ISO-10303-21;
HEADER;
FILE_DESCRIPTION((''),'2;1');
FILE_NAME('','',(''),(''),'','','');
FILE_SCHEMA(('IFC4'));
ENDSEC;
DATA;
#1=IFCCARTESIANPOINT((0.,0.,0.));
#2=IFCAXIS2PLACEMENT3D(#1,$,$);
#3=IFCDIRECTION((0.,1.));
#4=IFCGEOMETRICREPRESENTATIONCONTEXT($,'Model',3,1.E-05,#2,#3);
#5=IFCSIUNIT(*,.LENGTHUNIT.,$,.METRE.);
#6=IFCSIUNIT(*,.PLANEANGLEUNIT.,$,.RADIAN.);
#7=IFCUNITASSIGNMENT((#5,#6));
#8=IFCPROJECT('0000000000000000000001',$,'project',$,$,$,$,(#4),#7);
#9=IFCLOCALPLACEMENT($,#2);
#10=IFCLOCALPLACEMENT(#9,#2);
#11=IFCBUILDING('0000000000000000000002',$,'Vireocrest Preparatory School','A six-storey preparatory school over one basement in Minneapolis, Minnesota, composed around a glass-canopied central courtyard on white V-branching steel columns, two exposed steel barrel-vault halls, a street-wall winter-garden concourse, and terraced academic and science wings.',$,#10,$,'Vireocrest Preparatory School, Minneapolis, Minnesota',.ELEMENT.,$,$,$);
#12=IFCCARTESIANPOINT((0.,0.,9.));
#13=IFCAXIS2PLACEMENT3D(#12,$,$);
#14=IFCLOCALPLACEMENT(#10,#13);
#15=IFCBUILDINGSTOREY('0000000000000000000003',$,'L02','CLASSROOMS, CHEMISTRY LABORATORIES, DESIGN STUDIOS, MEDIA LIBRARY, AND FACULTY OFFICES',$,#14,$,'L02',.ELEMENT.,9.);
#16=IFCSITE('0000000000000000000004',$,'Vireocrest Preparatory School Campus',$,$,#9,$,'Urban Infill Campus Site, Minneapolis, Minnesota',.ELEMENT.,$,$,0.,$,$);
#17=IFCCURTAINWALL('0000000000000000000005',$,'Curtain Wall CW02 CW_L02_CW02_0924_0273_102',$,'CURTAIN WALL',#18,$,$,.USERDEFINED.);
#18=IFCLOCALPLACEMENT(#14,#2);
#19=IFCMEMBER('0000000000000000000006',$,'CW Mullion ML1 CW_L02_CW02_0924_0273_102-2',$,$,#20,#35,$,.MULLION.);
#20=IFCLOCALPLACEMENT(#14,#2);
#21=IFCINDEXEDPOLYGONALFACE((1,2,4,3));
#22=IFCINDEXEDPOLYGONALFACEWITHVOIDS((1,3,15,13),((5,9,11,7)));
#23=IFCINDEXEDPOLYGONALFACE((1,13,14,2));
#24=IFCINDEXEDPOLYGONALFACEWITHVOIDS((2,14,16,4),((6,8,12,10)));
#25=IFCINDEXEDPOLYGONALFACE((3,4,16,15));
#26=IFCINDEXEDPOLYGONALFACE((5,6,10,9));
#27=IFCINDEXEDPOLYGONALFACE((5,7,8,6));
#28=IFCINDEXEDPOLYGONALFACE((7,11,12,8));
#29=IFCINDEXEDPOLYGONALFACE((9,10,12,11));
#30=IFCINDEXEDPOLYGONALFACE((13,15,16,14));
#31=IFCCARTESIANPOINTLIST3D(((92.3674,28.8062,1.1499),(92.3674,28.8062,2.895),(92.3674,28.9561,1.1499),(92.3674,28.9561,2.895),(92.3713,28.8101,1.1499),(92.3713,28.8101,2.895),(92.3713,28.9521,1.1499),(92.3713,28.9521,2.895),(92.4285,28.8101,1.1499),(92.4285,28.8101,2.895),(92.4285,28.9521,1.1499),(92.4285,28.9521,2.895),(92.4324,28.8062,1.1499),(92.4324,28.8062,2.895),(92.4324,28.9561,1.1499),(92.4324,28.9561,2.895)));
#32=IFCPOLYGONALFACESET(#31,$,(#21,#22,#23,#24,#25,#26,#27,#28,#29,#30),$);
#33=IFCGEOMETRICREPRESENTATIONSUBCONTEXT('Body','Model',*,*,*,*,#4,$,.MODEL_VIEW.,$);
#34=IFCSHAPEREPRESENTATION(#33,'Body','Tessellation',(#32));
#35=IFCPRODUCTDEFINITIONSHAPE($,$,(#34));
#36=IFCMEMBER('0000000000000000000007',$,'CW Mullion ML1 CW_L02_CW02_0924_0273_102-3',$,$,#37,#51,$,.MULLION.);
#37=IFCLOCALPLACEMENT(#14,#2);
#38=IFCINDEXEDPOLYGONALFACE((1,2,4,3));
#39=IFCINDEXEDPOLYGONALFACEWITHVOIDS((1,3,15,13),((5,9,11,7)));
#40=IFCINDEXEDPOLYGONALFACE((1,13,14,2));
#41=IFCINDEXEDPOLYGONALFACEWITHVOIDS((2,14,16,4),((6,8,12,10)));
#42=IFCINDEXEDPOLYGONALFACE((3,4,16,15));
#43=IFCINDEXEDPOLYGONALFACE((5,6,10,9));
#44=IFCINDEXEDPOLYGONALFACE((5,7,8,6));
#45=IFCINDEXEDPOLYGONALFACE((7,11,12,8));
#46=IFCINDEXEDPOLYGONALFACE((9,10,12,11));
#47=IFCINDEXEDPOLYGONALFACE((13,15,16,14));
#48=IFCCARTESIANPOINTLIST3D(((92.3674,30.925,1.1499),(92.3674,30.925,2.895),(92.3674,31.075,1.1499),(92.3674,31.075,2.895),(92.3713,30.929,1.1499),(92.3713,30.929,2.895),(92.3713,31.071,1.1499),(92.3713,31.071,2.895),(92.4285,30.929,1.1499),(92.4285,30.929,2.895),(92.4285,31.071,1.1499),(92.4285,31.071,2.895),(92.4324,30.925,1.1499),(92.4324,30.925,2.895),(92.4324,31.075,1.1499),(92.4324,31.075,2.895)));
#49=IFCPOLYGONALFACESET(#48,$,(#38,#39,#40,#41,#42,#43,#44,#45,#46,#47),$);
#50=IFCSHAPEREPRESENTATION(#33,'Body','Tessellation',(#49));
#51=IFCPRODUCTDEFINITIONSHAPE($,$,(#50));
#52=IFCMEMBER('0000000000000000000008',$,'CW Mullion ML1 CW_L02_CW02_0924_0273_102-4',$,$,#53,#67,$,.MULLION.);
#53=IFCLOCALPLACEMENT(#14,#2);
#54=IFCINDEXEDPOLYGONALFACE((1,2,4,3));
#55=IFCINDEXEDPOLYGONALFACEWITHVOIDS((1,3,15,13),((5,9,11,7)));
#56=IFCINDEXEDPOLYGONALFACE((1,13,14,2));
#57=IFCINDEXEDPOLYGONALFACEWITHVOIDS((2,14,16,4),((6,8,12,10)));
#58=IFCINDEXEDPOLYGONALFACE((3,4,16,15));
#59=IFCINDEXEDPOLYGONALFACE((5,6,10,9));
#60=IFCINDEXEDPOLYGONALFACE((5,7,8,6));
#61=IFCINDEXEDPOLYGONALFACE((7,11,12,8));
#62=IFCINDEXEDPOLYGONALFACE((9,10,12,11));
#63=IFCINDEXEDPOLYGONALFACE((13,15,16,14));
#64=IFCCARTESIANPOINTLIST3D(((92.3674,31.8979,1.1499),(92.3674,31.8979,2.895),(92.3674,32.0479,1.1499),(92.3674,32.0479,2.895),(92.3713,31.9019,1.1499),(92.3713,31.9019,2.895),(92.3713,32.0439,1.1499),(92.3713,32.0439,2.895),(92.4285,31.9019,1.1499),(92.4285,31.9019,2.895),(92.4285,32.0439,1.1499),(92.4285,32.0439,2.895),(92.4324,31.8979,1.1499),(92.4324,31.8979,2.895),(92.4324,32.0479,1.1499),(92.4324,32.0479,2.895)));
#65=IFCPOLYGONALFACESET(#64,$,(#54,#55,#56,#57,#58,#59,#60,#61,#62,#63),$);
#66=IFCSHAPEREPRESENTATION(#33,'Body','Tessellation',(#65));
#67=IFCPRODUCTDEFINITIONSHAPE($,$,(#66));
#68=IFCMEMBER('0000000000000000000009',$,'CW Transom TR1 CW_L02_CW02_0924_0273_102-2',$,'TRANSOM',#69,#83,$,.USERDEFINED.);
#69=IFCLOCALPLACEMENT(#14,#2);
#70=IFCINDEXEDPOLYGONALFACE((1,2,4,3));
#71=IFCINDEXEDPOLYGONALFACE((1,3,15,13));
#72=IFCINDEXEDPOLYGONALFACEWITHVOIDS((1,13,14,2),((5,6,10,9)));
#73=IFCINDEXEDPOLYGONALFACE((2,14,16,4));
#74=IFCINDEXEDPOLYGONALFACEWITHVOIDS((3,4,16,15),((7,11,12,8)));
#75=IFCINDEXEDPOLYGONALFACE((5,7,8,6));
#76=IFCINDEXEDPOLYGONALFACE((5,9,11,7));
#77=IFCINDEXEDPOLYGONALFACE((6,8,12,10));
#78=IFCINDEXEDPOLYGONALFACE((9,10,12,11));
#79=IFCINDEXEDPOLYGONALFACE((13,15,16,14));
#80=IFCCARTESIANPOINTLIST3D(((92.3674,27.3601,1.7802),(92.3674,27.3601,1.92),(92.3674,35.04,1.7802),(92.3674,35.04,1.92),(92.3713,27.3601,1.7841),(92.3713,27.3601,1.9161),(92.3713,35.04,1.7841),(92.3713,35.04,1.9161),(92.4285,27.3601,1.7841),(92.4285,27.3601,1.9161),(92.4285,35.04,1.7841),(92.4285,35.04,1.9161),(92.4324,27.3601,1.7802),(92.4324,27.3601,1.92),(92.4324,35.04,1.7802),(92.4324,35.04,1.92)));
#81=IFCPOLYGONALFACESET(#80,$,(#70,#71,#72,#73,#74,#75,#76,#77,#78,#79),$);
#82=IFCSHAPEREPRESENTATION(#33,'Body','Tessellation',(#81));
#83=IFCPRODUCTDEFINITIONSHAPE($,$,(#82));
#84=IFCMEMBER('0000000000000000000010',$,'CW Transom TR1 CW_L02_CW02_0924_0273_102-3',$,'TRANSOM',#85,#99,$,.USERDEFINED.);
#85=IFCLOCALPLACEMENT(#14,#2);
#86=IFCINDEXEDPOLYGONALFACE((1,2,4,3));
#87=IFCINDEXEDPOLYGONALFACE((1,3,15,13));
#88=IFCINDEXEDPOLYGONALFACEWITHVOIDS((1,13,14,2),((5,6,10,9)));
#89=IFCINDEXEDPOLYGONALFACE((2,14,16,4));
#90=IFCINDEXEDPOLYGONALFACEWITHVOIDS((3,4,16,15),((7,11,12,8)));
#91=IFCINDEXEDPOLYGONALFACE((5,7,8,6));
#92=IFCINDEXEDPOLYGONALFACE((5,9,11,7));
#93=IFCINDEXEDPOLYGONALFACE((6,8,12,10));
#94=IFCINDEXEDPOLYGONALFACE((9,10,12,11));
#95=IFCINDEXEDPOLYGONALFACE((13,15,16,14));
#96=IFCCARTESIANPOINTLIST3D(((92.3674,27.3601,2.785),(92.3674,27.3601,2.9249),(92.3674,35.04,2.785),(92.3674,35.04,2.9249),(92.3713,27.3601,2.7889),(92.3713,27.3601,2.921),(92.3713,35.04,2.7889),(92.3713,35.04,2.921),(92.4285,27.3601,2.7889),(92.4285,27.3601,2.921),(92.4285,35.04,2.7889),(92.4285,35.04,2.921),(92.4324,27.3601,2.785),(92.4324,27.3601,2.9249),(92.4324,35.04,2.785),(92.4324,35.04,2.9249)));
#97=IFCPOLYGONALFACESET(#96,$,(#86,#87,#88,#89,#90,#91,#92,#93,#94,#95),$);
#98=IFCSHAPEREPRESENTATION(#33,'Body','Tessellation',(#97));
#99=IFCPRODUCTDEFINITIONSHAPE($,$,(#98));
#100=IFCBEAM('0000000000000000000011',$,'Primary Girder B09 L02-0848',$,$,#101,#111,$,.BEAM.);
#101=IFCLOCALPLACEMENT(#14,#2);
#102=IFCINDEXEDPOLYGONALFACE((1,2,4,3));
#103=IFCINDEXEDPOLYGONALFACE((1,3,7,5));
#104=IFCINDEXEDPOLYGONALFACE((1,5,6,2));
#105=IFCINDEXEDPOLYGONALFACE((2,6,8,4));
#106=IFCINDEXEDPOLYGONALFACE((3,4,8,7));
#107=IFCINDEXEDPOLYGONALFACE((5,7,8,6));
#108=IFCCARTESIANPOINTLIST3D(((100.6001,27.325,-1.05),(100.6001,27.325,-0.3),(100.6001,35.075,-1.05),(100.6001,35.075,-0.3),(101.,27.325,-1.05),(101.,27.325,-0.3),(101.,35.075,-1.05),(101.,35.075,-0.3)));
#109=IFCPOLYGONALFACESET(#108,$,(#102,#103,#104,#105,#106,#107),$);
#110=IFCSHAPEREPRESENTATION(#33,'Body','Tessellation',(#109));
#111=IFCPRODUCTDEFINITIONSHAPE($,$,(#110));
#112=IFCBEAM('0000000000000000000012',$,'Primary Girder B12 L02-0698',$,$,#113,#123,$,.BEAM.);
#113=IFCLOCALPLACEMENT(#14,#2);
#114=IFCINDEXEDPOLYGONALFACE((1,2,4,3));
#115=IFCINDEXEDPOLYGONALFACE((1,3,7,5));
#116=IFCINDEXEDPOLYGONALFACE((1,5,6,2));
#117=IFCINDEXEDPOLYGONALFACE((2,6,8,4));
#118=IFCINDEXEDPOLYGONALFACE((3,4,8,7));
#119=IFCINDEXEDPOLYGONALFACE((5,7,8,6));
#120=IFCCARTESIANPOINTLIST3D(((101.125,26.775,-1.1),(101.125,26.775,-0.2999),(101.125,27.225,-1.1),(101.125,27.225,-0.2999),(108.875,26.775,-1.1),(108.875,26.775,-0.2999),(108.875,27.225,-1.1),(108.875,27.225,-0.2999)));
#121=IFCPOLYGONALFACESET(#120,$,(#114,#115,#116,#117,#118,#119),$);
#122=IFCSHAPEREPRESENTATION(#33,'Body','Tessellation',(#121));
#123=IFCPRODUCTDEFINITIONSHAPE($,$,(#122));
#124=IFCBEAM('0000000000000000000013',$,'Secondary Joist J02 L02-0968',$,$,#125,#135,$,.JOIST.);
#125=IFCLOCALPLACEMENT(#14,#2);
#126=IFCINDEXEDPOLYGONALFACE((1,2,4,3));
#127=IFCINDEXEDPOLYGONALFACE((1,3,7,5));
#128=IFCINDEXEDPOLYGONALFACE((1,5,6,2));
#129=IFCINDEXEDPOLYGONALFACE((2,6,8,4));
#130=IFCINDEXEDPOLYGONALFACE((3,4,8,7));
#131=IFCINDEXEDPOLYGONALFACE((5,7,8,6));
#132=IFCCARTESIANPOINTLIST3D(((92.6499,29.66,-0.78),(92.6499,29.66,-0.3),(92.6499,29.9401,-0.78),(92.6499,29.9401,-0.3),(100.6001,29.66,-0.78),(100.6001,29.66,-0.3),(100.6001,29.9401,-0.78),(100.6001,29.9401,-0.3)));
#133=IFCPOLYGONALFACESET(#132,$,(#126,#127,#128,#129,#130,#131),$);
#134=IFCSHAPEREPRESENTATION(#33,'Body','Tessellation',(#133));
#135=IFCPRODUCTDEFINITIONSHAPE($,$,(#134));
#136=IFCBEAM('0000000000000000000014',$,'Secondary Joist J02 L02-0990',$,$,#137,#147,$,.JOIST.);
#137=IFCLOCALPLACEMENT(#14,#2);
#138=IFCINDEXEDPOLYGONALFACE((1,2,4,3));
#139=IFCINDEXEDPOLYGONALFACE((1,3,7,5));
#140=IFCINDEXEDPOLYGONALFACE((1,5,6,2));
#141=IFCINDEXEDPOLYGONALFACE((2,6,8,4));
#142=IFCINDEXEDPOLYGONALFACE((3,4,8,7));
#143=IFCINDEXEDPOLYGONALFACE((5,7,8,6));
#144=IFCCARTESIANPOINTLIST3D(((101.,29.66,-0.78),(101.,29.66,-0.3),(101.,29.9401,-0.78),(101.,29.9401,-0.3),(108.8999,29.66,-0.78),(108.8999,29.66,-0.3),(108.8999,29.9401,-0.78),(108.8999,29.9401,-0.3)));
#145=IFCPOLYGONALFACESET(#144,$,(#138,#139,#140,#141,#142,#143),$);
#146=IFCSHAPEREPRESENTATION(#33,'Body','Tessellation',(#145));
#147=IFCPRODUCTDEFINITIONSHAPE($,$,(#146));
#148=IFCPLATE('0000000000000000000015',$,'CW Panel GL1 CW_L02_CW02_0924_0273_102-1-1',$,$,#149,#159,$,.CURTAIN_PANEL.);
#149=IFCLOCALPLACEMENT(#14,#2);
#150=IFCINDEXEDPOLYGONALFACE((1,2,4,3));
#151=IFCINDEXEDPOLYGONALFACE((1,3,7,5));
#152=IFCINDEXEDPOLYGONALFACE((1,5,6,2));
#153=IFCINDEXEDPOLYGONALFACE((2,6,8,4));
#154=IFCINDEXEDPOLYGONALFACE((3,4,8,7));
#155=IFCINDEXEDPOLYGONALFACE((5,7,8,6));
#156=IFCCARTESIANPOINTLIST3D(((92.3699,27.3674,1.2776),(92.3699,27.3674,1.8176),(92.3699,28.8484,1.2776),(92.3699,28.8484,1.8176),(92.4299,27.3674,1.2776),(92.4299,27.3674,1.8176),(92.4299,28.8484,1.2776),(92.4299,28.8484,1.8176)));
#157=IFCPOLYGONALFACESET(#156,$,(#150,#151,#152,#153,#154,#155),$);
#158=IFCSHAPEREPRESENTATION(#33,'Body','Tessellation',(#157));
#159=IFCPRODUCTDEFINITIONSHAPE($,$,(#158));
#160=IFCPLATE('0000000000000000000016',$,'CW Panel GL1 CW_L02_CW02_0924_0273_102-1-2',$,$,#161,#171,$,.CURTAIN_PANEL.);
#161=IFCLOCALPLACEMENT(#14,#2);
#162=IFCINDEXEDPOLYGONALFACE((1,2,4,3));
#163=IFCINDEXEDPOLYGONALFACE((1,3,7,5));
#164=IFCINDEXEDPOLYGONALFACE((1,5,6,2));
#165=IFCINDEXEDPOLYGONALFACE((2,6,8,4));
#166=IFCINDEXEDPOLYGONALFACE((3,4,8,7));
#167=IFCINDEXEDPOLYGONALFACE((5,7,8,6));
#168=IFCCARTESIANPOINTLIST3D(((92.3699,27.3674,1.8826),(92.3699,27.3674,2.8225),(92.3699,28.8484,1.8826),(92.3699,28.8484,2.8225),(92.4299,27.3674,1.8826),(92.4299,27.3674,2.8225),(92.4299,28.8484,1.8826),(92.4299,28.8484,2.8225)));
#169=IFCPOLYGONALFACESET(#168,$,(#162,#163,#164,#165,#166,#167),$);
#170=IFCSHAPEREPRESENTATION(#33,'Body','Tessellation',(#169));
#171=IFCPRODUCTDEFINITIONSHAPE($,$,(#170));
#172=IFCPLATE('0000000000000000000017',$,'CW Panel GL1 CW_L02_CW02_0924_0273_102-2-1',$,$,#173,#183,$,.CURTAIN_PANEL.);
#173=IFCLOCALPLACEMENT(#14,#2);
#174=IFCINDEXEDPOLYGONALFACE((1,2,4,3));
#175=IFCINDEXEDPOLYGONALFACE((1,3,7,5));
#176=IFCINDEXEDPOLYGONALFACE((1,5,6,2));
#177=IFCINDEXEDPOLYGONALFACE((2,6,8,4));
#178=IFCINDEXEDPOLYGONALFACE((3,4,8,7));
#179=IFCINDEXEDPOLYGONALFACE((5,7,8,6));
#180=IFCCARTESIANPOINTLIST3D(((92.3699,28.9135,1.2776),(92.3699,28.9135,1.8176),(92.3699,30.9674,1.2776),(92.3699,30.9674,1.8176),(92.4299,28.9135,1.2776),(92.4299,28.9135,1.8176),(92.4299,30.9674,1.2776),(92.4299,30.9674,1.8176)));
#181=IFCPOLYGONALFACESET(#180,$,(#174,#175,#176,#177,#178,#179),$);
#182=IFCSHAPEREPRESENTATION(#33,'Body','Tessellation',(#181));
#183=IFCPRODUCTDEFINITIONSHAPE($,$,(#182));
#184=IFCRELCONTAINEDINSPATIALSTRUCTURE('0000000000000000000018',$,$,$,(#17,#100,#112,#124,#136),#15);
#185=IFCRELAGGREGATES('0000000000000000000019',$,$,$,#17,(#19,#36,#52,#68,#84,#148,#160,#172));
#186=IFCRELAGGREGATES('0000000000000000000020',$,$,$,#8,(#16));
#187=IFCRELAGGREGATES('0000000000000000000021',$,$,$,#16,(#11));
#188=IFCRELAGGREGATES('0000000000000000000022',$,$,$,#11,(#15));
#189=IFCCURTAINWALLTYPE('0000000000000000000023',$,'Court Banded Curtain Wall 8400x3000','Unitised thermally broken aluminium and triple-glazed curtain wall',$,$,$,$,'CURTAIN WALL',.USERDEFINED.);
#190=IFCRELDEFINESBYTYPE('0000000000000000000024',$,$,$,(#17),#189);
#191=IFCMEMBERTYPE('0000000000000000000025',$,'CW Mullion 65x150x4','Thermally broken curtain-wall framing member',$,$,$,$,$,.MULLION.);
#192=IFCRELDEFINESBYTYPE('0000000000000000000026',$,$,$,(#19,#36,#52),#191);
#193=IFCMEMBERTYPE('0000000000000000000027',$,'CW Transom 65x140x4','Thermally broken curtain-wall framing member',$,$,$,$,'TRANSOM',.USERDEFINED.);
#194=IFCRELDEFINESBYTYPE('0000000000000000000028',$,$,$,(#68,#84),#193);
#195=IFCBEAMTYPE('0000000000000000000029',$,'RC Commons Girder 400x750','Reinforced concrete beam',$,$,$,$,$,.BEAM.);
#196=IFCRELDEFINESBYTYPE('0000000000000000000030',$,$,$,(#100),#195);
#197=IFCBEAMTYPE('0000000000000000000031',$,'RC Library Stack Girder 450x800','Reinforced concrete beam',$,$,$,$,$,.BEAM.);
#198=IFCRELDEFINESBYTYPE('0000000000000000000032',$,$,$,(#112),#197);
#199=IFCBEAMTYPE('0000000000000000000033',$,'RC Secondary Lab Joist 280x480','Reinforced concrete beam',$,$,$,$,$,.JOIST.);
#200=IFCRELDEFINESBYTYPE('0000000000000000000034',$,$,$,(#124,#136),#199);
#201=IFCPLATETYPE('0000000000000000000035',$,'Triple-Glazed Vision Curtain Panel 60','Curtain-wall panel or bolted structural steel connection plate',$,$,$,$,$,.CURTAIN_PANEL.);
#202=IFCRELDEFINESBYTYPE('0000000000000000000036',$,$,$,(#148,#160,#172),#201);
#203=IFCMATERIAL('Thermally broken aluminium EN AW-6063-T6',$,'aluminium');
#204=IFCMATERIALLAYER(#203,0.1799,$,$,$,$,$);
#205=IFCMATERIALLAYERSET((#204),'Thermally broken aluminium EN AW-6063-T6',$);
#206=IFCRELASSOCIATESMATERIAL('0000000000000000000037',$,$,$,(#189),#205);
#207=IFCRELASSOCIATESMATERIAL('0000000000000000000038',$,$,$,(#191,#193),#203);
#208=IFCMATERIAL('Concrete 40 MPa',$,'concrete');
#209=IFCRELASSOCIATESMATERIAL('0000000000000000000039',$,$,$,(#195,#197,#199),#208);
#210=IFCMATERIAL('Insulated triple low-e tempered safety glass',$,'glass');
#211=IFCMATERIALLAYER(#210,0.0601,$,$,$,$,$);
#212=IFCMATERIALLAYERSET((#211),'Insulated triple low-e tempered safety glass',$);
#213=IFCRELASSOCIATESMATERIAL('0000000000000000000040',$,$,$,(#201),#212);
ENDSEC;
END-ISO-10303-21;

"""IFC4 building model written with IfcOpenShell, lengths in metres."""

from ifc_helpers import new_model, si_unit, direction, frame, origin, origin_2d, place, context, subcontext, project, spatial, rectangle, hollow_rectangle, extrude, material, layer, layer_set, material_profile, profile_set, type_object, element, aggregate, save


model = new_model("IFC4")

# Units and contexts
model_context = context("Model", 3, precision=1e-05, world=origin(), true_north=direction((0.0, 1.0)))
body_context = subcontext(model_context, "Body", "Model", "MODEL_VIEW")
ifc_project = project(units=[si_unit("LENGTHUNIT", "METRE"), si_unit("PLANEANGLEUNIT", "RADIAN")], contexts=[model_context])

# Site, building, storey
site_placement = place(None, origin())
site = spatial("IfcSite", under=ifc_project, at=site_placement, Name="Vireocrest Preparatory School Campus", LongName="Urban Infill Campus Site, Minneapolis, Minnesota", CompositionType="ELEMENT", RefElevation=0.0)
building_placement = place(site_placement, origin())
building = spatial("IfcBuilding", under=site, at=building_placement, Name="Vireocrest Preparatory School", Description="A six-storey preparatory school over one basement in Minneapolis, Minnesota, composed around a glass-canopied central courtyard on white V-branching steel columns, two exposed steel barrel-vault halls, a street-wall winter-garden concourse, and terraced academic and science wings.", LongName="Vireocrest Preparatory School, Minneapolis, Minnesota", CompositionType="ELEMENT")
storey_placement = place(building_placement, frame((0.0, 0.0, 9.0)))
storey = spatial("IfcBuildingStorey", under=building, at=storey_placement, Name="L02", Description="CLASSROOMS, CHEMISTRY LABORATORIES, DESIGN STUDIOS, MEDIA LIBRARY, AND FACULTY OFFICES", LongName="L02", CompositionType="ELEMENT", Elevation=9.0)

# Curtain wall, members
ifc_material_1 = material(Name="Thermally broken aluminium EN AW-6063-T6", Category="aluminium")
ifc_layer_1 = layer(ifc_material_1, 0.1799)
ifc_layer_set_1 = layer_set([ifc_layer_1], Name="Thermally broken aluminium EN AW-6063-T6")
curtain_wall_type = type_object("IfcCurtainWallType", Name="Court Banded Curtain Wall 8400x3000", Description="Unitised thermally broken aluminium and triple-glazed curtain wall", ElementType="CURTAIN WALL", PredefinedType="USERDEFINED", material=ifc_layer_set_1)
curtain_wall_placement = place(storey_placement, origin())
curtain_wall = element("IfcCurtainWall", 1, at=curtain_wall_placement, inside=storey, type_object=curtain_wall_type, Name="Curtain Wall CW02 CW_L02_CW02_0924_0273_102", ObjectType="CURTAIN WALL", PredefinedType="USERDEFINED")
ifc_material_profile_1 = material_profile(ifc_material_1, hollow_rectangle(XDim=0.0649, YDim=0.1499, WallThickness=0.0039, at=origin_2d()), Name="ALU 65x150x4")
ifc_profile_set_1 = profile_set([ifc_material_profile_1], Name="Thermally broken aluminium EN AW-6063-T6")
member_type_1 = type_object("IfcMemberType", Name="CW Mullion 65x150x4", Description="Thermally broken curtain-wall framing member", PredefinedType="MULLION", material=ifc_profile_set_1)
member_1_placement = place(storey_placement, frame((92.3999, 28.8811, 1.1499), z_axis=(0.0, 0.0, 1.0), x_axis=(1.0, 0.0, 0.0)))
member_1 = element("IfcMember", 2, at=member_1_placement, type_object=member_type_1, Name="CW Mullion ML1 CW_L02_CW02_0924_0273_102-2", PredefinedType="MULLION", context=body_context, shape_type="SweptSolid", body=[
    extrude(hollow_rectangle(XDim=0.0649, YDim=0.1499, WallThickness=0.0039, at=origin_2d()), origin(), (0.0, 0.0, 1.0), 1.7451),
])
member_2_placement = place(storey_placement, frame((92.3999, 31.0, 1.1499), z_axis=(0.0, 0.0, 1.0), x_axis=(1.0, 0.0, 0.0)))
member_2 = element("IfcMember", 3, at=member_2_placement, type_object=member_type_1, Name="CW Mullion ML1 CW_L02_CW02_0924_0273_102-3", PredefinedType="MULLION", context=body_context, shape_type="SweptSolid", body=[
    extrude(hollow_rectangle(XDim=0.0649, YDim=0.1499, WallThickness=0.0039, at=origin_2d()), origin(), (0.0, 0.0, 1.0), 1.7451),
])
member_3_placement = place(storey_placement, frame((92.3999, 31.9729, 1.1499), z_axis=(0.0, 0.0, 1.0), x_axis=(1.0, 0.0, 0.0)))
member_3 = element("IfcMember", 4, at=member_3_placement, type_object=member_type_1, Name="CW Mullion ML1 CW_L02_CW02_0924_0273_102-4", PredefinedType="MULLION", context=body_context, shape_type="SweptSolid", body=[
    extrude(hollow_rectangle(XDim=0.0649, YDim=0.1499, WallThickness=0.0039, at=origin_2d()), origin(), (0.0, 0.0, 1.0), 1.7451),
])
ifc_material_profile_2 = material_profile(ifc_material_1, hollow_rectangle(XDim=0.0649, YDim=0.1399, WallThickness=0.0039, at=origin_2d()), Name="ALU 65x140x4")
ifc_profile_set_2 = profile_set([ifc_material_profile_2], Name="Thermally broken aluminium EN AW-6063-T6")
member_type_2 = type_object("IfcMemberType", Name="CW Transom 65x140x4", Description="Thermally broken curtain-wall framing member", ElementType="TRANSOM", PredefinedType="USERDEFINED", material=ifc_profile_set_2)
member_4_placement = place(storey_placement, frame((92.3999, 27.3601, 1.8501), z_axis=(0.0, 1.0, 0.0), x_axis=(-1.0, 0.0, 0.0)))
member_4 = element("IfcMember", 5, at=member_4_placement, type_object=member_type_2, Name="CW Transom TR1 CW_L02_CW02_0924_0273_102-2", ObjectType="TRANSOM", PredefinedType="USERDEFINED", context=body_context, shape_type="SweptSolid", body=[
    extrude(hollow_rectangle(XDim=0.0649, YDim=0.1399, WallThickness=0.0039, at=origin_2d()), origin(), (0.0, 0.0, 1.0), 7.6799),
])
member_5_placement = place(storey_placement, frame((92.3999, 27.3601, 2.855), z_axis=(0.0, 1.0, 0.0), x_axis=(-1.0, 0.0, 0.0)))
member_5 = element("IfcMember", 6, at=member_5_placement, type_object=member_type_2, Name="CW Transom TR1 CW_L02_CW02_0924_0273_102-3", ObjectType="TRANSOM", PredefinedType="USERDEFINED", context=body_context, shape_type="SweptSolid", body=[
    extrude(hollow_rectangle(XDim=0.0649, YDim=0.1399, WallThickness=0.0039, at=origin_2d()), origin(), (0.0, 0.0, 1.0), 7.6799),
])

# Beams
ifc_material_2 = material(Name="Concrete 40 MPa", Category="concrete")
ifc_material_profile_3 = material_profile(ifc_material_2, rectangle(XDim=0.3999, YDim=0.75, at=origin_2d()), Name="RC 400x750")
ifc_profile_set_3 = profile_set([ifc_material_profile_3], Name="Concrete 40 MPa")
beam_type_1 = type_object("IfcBeamType", Name="RC Commons Girder 400x750", Description="Reinforced concrete beam", PredefinedType="BEAM", material=ifc_profile_set_3)
beam_1_placement = place(storey_placement, frame((100.8, 27.325, -0.675), z_axis=(0.0, 1.0, 0.0), x_axis=(-1.0, 0.0, 0.0)))
element("IfcBeam", 7, at=beam_1_placement, inside=storey, type_object=beam_type_1, Name="Primary Girder B09 L02-0848", PredefinedType="BEAM", context=body_context, shape_type="SweptSolid", body=[
    extrude(rectangle(XDim=0.3999, YDim=0.75, at=origin_2d()), origin(), (0.0, 0.0, 1.0), 7.75),
])
ifc_material_profile_4 = material_profile(ifc_material_2, rectangle(XDim=0.45, YDim=0.8, at=origin_2d()), Name="RC 450x800")
ifc_profile_set_4 = profile_set([ifc_material_profile_4], Name="Concrete 40 MPa")
beam_type_2 = type_object("IfcBeamType", Name="RC Library Stack Girder 450x800", Description="Reinforced concrete beam", PredefinedType="BEAM", material=ifc_profile_set_4)
beam_2_placement = place(storey_placement, frame((101.125, 27.0, -0.7), z_axis=(1.0, 0.0, 0.0), x_axis=(0.0, 1.0, 0.0)))
element("IfcBeam", 8, at=beam_2_placement, inside=storey, type_object=beam_type_2, Name="Primary Girder B12 L02-0698", PredefinedType="BEAM", context=body_context, shape_type="SweptSolid", body=[
    extrude(rectangle(XDim=0.45, YDim=0.8, at=origin_2d()), origin(), (0.0, 0.0, 1.0), 7.75),
])
ifc_material_profile_5 = material_profile(ifc_material_2, rectangle(XDim=0.28, YDim=0.48, at=origin_2d()), Name="RC 280x480")
ifc_profile_set_5 = profile_set([ifc_material_profile_5], Name="Concrete 40 MPa")
beam_type_3 = type_object("IfcBeamType", Name="RC Secondary Lab Joist 280x480", Description="Reinforced concrete beam", PredefinedType="JOIST", material=ifc_profile_set_5)
beam_3_placement = place(storey_placement, frame((92.6499, 29.8, -0.54), z_axis=(1.0, 0.0, 0.0), x_axis=(0.0, 1.0, 0.0)))
element("IfcBeam", 9, at=beam_3_placement, inside=storey, type_object=beam_type_3, Name="Secondary Joist J02 L02-0968", PredefinedType="JOIST", context=body_context, shape_type="SweptSolid", body=[
    extrude(rectangle(XDim=0.28, YDim=0.48, at=origin_2d()), origin(), (0.0, 0.0, 1.0), 7.9502),
])
beam_4_placement = place(storey_placement, frame((101.0, 29.8, -0.54), z_axis=(1.0, 0.0, 0.0), x_axis=(0.0, 1.0, 0.0)))
element("IfcBeam", 10, at=beam_4_placement, inside=storey, type_object=beam_type_3, Name="Secondary Joist J02 L02-0990", PredefinedType="JOIST", context=body_context, shape_type="SweptSolid", body=[
    extrude(rectangle(XDim=0.28, YDim=0.48, at=origin_2d()), origin(), (0.0, 0.0, 1.0), 7.8999),
])

# Plates
ifc_material_3 = material(Name="Insulated triple low-e tempered safety glass", Category="glass")
ifc_layer_2 = layer(ifc_material_3, 0.0601)
ifc_layer_set_2 = layer_set([ifc_layer_2], Name="Insulated triple low-e tempered safety glass")
plate_type = type_object("IfcPlateType", Name="Triple-Glazed Vision Curtain Panel 60", Description="Curtain-wall panel or bolted structural steel connection plate", PredefinedType="CURTAIN_PANEL", material=ifc_layer_set_2)
plate_1_placement = place(storey_placement, frame((92.3999, 28.1079, 1.2776), z_axis=(0.0, 0.0, 1.0), x_axis=(0.0, 1.0, 0.0)))
plate_1 = element("IfcPlate", 11, at=plate_1_placement, type_object=plate_type, Name="CW Panel GL1 CW_L02_CW02_0924_0273_102-1-1", PredefinedType="CURTAIN_PANEL", context=body_context, shape_type="SweptSolid", body=[
    extrude(rectangle(XDim=1.481, YDim=0.0601, at=origin_2d()), origin(), (0.0, 0.0, 1.0), 0.54),
])
plate_2_placement = place(storey_placement, frame((92.3999, 28.1079, 1.8826), z_axis=(0.0, 0.0, 1.0), x_axis=(0.0, 1.0, 0.0)))
plate_2 = element("IfcPlate", 12, at=plate_2_placement, type_object=plate_type, Name="CW Panel GL1 CW_L02_CW02_0924_0273_102-1-2", PredefinedType="CURTAIN_PANEL", context=body_context, shape_type="SweptSolid", body=[
    extrude(rectangle(XDim=1.481, YDim=0.0601, at=origin_2d()), origin(), (0.0, 0.0, 1.0), 0.9399),
])
plate_3_placement = place(storey_placement, frame((92.3999, 29.9404, 1.2776), z_axis=(0.0, 0.0, 1.0), x_axis=(0.0, 1.0, 0.0)))
plate_3 = element("IfcPlate", 13, at=plate_3_placement, type_object=plate_type, Name="CW Panel GL1 CW_L02_CW02_0924_0273_102-2-1", PredefinedType="CURTAIN_PANEL", context=body_context, shape_type="SweptSolid", body=[
    extrude(rectangle(XDim=2.054, YDim=0.0601, at=origin_2d()), origin(), (0.0, 0.0, 1.0), 0.54),
])
aggregate(curtain_wall, [member_1, member_2, member_3, member_4, member_5, plate_1, plate_2, plate_3])

save(model, "model.ifc")
